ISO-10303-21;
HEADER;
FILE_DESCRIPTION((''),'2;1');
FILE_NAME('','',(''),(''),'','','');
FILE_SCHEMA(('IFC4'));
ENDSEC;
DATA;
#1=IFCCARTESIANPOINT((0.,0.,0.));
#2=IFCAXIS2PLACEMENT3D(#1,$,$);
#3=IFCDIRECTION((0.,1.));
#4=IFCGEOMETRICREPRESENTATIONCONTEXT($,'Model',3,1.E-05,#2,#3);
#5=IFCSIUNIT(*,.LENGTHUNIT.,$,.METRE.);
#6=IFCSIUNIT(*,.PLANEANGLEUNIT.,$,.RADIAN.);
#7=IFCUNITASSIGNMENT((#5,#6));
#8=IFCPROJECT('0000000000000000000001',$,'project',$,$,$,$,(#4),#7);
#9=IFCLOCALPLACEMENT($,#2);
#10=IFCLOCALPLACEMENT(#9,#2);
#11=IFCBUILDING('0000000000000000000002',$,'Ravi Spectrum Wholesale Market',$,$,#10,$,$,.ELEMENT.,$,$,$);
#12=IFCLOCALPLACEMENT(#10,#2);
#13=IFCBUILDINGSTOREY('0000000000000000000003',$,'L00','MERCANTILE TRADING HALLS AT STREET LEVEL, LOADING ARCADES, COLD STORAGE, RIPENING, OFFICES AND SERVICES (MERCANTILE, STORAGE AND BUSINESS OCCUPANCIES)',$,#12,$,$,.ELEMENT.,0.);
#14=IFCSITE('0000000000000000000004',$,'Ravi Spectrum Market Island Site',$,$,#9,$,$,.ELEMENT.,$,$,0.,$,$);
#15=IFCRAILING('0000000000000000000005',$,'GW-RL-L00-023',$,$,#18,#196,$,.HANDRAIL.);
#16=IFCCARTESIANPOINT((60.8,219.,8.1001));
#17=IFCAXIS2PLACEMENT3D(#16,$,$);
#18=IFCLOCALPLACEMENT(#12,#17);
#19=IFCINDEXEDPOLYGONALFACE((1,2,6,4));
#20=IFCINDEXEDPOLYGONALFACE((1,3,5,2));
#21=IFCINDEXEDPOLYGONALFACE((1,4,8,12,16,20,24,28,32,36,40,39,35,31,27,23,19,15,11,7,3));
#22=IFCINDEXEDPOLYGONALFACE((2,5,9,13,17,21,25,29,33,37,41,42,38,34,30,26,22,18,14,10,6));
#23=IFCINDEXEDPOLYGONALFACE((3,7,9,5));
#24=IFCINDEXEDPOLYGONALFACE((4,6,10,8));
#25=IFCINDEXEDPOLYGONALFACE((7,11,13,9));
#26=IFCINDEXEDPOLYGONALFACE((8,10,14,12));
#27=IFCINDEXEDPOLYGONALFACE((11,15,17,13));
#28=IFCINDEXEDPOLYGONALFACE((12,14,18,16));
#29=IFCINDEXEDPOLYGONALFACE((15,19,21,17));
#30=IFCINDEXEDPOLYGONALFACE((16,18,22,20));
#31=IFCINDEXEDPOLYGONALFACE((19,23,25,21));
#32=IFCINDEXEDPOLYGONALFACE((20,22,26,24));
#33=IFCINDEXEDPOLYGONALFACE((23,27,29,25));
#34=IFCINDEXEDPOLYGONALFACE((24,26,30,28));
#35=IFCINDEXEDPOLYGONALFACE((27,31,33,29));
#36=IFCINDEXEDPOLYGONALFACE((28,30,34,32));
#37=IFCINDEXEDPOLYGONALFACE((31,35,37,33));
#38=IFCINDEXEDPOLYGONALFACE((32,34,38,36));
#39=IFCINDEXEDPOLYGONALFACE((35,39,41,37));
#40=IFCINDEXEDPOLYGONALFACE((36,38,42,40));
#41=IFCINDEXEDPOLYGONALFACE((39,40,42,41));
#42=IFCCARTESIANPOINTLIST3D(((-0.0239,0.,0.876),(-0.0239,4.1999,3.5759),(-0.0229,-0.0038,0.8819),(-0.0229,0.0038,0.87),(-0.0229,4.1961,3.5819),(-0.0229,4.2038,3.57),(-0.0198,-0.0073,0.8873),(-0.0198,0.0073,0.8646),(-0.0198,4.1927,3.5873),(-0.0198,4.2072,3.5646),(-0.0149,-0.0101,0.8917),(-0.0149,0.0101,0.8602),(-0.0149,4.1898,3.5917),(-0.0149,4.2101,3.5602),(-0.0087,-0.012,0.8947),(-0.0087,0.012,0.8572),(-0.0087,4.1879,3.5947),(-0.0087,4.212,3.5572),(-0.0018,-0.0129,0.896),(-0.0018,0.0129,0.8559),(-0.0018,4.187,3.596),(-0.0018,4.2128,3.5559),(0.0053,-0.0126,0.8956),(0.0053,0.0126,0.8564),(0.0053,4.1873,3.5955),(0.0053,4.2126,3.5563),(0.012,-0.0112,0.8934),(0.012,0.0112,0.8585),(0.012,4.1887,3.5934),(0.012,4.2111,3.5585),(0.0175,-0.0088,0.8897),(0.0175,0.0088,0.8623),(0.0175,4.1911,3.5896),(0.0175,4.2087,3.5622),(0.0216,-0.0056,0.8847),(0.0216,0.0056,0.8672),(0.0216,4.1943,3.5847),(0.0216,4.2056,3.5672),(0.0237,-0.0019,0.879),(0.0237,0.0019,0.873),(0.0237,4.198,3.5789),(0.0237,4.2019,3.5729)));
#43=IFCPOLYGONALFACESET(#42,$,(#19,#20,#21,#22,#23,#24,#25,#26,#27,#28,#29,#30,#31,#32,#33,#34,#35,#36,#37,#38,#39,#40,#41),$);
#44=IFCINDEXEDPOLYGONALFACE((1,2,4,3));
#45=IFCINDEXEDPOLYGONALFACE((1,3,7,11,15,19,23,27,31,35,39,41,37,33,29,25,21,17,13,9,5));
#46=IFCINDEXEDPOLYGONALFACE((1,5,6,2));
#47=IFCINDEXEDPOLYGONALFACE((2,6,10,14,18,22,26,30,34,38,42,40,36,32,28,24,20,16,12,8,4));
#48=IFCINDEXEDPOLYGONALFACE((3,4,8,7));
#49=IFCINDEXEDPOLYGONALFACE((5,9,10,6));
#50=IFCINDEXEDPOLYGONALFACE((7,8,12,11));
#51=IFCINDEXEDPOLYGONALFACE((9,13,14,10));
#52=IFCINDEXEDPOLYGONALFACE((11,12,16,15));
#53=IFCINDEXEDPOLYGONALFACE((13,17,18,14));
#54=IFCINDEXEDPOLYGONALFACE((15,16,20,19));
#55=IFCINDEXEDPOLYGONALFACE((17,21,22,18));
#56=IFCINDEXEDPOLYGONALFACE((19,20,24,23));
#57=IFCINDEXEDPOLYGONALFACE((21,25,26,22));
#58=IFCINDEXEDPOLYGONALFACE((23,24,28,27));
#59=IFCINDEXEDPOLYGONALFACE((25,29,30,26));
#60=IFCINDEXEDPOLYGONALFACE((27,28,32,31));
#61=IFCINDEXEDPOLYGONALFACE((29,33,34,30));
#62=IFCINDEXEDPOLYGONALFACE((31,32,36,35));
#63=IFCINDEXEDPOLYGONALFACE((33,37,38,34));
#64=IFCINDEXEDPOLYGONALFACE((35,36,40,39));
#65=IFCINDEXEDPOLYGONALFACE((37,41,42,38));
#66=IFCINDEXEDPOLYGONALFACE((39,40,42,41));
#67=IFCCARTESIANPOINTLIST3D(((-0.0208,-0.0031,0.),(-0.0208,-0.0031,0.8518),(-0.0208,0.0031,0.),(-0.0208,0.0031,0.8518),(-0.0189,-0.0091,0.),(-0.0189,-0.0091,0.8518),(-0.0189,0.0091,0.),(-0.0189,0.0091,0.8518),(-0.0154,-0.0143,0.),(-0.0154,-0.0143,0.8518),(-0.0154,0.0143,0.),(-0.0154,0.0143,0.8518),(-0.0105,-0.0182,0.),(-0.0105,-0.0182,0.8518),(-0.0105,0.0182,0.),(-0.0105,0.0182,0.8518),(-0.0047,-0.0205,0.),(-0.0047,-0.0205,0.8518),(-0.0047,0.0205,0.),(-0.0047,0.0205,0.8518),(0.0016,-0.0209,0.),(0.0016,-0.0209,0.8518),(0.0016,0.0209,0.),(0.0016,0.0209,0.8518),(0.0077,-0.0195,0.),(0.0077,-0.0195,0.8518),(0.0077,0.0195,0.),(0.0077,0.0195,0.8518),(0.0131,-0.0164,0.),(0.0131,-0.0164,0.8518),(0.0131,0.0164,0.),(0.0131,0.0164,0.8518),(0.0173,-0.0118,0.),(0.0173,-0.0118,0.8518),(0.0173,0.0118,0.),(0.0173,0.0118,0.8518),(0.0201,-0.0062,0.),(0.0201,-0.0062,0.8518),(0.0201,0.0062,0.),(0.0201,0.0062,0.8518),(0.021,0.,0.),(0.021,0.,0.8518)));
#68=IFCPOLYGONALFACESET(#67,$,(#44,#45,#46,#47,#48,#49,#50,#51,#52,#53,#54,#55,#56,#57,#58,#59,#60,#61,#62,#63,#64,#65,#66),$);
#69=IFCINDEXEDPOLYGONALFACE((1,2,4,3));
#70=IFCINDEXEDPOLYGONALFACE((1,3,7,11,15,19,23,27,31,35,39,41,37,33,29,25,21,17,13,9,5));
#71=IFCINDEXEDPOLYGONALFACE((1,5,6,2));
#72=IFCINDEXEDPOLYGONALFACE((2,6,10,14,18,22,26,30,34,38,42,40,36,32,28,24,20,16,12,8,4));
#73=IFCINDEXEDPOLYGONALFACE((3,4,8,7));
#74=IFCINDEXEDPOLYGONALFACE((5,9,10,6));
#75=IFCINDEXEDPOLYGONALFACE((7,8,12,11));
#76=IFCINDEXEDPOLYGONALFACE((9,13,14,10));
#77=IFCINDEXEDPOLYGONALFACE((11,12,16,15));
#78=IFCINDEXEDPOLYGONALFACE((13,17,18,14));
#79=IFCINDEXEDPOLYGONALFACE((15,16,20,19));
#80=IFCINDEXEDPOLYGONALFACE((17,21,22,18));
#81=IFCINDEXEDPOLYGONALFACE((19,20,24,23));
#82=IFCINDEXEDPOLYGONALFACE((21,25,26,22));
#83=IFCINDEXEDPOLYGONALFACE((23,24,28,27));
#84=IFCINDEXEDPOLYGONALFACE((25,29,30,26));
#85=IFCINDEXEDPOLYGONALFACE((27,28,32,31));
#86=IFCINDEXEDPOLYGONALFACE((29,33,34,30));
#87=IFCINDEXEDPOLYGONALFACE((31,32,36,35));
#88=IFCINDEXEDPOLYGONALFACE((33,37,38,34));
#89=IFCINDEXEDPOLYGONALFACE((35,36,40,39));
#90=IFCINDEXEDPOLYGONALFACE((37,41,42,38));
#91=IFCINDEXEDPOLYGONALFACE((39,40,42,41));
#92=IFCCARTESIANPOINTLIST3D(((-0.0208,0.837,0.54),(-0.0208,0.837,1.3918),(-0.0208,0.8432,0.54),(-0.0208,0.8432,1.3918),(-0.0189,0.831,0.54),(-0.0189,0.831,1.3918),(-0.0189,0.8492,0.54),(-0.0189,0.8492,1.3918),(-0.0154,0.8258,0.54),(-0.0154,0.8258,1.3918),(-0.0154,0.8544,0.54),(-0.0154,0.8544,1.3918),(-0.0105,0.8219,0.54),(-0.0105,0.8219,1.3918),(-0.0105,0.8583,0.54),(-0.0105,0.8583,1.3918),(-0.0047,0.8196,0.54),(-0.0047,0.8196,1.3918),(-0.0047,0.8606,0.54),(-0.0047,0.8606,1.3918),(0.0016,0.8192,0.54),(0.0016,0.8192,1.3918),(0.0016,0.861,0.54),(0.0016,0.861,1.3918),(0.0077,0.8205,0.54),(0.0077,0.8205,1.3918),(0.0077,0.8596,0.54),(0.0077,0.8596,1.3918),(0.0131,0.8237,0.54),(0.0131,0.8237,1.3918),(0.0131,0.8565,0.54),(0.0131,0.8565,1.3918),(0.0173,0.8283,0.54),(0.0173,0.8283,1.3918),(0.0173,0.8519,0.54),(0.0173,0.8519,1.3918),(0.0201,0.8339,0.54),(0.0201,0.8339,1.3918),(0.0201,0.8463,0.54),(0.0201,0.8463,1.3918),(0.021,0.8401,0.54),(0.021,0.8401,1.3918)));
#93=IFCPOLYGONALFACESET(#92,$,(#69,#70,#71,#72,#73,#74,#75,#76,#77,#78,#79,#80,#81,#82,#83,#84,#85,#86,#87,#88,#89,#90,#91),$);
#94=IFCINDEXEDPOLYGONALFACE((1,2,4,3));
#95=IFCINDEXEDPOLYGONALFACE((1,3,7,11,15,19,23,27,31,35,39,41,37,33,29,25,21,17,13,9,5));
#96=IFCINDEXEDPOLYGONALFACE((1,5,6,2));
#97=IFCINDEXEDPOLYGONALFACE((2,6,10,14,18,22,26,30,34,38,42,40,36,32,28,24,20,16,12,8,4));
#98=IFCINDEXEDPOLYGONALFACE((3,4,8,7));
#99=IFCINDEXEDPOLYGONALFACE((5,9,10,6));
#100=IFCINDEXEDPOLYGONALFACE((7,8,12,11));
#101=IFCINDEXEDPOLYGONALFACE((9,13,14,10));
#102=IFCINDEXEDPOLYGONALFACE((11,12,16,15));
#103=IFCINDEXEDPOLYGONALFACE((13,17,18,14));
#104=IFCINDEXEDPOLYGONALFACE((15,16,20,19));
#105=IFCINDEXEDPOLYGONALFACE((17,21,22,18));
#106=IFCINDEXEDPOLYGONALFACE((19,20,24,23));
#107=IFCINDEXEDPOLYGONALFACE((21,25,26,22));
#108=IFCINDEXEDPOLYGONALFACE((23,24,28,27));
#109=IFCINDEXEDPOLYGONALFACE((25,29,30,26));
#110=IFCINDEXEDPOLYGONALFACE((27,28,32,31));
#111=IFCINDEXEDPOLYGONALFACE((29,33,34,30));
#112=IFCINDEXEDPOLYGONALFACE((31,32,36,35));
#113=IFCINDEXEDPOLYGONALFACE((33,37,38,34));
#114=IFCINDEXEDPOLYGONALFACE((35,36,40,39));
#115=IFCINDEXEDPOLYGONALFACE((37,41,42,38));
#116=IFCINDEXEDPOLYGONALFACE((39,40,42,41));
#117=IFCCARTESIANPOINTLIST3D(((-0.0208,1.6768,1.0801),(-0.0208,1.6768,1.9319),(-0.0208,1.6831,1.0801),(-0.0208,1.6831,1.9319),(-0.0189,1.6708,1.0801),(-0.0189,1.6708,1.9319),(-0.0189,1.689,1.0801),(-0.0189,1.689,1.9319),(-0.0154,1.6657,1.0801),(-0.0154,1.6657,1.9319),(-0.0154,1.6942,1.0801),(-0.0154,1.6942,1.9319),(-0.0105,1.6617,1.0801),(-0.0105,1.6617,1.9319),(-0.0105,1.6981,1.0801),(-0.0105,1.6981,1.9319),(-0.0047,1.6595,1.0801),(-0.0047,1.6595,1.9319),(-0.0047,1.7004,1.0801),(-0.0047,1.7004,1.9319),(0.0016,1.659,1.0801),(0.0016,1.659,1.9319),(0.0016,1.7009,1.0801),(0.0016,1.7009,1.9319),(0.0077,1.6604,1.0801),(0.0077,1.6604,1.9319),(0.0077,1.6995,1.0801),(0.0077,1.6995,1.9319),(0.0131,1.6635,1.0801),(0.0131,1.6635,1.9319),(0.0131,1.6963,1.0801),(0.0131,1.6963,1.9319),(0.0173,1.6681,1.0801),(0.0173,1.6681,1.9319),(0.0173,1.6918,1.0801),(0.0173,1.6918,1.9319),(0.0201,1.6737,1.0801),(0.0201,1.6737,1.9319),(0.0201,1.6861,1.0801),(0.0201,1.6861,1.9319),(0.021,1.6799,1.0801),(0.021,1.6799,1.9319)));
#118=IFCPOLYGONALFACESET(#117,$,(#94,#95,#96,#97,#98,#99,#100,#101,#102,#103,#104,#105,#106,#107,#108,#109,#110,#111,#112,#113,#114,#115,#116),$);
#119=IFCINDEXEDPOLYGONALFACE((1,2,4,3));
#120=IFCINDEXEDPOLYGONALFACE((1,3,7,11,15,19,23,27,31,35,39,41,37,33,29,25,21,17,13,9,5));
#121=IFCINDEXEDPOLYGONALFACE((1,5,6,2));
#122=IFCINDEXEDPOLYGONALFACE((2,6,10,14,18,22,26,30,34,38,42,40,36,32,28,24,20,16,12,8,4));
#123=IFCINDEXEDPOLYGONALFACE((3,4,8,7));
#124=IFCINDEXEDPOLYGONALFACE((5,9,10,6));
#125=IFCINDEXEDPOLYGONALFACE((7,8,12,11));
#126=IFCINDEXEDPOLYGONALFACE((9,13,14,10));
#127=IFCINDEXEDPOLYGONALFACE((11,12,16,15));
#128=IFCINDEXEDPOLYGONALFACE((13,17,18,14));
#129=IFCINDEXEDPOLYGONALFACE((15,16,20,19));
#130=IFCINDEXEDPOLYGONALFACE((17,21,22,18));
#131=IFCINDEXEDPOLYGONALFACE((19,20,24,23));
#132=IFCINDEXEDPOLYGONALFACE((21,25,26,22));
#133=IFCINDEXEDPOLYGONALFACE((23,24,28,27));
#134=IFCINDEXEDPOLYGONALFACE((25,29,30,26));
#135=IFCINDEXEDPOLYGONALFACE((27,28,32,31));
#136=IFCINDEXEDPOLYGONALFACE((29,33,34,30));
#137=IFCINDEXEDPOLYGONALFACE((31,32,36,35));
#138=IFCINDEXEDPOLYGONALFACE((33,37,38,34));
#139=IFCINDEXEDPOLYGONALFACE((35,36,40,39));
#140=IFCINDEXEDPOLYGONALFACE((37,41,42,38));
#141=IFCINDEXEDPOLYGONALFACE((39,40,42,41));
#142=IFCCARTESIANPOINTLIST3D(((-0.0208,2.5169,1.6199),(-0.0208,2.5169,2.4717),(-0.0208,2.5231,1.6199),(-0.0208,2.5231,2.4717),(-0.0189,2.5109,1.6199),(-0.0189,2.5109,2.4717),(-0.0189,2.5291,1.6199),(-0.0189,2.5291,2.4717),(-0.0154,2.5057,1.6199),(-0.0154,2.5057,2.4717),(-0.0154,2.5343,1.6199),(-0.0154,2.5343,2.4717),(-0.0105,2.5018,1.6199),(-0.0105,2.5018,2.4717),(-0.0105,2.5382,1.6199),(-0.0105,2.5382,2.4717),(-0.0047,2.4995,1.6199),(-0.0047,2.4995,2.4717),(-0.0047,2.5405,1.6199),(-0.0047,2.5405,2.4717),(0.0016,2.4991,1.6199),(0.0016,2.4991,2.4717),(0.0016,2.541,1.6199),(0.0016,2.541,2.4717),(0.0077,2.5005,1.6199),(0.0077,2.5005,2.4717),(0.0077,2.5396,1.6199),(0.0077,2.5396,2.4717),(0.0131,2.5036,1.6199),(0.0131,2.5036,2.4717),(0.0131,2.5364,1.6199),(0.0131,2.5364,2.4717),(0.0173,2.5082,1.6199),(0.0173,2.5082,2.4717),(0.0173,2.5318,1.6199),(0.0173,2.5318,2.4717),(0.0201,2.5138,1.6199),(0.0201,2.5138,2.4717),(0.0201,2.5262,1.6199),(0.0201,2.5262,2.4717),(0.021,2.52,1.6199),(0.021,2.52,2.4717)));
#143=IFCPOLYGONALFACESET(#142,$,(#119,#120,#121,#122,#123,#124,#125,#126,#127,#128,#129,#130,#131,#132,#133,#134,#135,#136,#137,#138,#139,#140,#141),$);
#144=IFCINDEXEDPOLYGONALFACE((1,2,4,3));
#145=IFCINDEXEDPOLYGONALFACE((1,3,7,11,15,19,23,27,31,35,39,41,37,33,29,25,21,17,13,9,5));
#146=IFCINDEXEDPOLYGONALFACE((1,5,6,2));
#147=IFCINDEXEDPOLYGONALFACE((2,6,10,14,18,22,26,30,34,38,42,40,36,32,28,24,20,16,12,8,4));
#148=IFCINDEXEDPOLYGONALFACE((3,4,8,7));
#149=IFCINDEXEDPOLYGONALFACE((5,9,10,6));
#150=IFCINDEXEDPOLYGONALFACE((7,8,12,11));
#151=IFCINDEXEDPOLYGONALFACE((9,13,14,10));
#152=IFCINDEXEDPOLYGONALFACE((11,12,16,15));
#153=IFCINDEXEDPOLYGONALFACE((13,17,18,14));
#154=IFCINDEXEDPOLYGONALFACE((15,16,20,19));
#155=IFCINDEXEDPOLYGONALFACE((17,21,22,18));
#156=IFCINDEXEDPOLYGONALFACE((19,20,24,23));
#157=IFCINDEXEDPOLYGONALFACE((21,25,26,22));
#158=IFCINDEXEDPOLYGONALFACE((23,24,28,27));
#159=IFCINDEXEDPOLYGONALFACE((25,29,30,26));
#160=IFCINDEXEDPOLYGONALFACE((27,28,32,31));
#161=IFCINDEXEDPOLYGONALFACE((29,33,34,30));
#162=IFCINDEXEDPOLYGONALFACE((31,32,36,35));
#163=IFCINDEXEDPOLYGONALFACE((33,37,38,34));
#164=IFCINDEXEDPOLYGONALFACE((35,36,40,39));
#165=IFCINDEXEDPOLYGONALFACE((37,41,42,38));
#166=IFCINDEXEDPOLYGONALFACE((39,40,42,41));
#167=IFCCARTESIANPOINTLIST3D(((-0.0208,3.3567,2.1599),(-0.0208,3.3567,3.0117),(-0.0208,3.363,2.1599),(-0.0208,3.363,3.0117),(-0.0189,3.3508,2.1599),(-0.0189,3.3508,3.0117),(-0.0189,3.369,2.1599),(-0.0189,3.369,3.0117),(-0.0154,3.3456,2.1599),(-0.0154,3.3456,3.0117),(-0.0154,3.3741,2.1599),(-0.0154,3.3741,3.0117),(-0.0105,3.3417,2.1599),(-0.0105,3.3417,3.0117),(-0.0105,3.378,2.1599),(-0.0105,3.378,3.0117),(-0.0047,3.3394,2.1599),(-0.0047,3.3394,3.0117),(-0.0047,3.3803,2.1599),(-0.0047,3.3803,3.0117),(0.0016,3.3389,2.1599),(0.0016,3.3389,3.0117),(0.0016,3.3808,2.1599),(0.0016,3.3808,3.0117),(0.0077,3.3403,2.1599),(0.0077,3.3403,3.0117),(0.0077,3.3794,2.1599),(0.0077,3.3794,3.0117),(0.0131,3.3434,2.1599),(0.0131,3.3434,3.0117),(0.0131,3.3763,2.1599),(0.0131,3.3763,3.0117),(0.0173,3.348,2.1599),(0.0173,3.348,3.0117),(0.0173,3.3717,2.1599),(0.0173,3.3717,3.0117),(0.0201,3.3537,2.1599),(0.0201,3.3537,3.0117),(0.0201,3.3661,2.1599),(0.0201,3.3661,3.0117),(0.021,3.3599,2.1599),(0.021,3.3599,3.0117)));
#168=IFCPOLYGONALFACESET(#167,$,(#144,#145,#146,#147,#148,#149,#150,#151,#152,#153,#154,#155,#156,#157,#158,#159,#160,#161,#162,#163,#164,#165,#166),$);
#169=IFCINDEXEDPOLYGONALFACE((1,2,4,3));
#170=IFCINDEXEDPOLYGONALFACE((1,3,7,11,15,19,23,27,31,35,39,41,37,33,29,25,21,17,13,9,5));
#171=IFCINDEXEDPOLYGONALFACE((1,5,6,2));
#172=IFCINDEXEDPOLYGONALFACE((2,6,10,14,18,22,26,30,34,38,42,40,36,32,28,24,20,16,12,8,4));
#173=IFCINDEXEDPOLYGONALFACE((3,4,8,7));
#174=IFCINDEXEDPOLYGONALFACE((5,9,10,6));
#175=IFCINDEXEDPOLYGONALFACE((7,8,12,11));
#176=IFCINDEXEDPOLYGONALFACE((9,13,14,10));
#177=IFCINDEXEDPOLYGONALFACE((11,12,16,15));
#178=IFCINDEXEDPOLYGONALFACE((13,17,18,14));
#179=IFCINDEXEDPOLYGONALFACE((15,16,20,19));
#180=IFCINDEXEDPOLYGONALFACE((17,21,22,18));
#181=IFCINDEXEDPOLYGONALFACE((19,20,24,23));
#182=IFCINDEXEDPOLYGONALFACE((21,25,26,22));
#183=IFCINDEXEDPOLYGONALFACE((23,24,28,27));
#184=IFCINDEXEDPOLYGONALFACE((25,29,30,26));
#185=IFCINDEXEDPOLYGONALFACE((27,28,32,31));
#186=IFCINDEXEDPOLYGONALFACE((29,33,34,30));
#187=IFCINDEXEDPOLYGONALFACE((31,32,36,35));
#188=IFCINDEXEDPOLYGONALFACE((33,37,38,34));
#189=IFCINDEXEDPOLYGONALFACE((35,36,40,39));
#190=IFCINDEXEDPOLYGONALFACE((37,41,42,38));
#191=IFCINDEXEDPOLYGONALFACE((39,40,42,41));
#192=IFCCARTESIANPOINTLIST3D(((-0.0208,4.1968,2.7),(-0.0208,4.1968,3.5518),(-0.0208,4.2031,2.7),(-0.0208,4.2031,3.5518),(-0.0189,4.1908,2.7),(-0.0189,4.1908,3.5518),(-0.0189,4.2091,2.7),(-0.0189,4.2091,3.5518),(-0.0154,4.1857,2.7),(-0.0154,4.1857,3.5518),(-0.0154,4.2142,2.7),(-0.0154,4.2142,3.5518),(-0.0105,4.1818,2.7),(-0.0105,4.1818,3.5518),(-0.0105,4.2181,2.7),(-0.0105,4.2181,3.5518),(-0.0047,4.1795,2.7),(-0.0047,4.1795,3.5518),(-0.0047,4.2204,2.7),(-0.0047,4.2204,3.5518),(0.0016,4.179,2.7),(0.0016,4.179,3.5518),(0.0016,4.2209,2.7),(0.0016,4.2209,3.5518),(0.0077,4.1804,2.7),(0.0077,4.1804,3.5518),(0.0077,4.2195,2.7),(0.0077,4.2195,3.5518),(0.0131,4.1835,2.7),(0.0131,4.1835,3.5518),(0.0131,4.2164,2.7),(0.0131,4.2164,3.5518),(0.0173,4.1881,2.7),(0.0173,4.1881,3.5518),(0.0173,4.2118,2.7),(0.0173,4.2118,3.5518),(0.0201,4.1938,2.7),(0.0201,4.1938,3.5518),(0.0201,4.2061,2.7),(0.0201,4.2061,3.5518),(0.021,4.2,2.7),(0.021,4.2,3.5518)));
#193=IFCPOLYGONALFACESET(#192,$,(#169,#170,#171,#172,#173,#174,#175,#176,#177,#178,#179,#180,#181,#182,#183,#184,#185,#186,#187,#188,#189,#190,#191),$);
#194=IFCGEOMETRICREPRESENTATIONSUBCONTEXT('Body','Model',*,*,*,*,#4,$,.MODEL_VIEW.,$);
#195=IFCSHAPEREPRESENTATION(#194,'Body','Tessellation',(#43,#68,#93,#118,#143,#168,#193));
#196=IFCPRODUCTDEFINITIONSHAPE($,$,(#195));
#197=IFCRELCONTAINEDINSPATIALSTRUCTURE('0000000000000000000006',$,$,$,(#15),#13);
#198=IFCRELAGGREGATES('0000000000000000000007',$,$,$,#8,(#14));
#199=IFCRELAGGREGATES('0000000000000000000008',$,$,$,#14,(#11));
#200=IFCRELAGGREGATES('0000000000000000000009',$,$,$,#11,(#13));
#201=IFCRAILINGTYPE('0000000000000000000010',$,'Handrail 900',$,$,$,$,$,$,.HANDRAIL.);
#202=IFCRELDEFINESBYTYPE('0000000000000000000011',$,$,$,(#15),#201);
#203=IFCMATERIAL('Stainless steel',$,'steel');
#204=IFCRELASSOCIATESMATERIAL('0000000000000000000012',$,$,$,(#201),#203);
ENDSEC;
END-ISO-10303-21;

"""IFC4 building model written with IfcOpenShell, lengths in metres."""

from ifc_helpers import new_model, si_unit, direction, frame, origin, origin_2d, place, context, subcontext, project, spatial, circle, extrude, material, type_object, element, save


model = new_model("IFC4")

# Units and contexts
model_context = context("Model", 3, precision=1e-05, world=origin(), true_north=direction((0.0, 1.0)))
body_context = subcontext(model_context, "Body", "Model", "MODEL_VIEW")
ifc_project = project(units=[si_unit("LENGTHUNIT", "METRE"), si_unit("PLANEANGLEUNIT", "RADIAN")], contexts=[model_context])

# Site, building, storey
site_placement = place(None, origin())
site = spatial("IfcSite", under=ifc_project, at=site_placement, Name="Ravi Spectrum Market Island Site", CompositionType="ELEMENT", RefElevation=0.0)
building_placement = place(site_placement, origin())
building = spatial("IfcBuilding", under=site, at=building_placement, Name="Ravi Spectrum Wholesale Market", CompositionType="ELEMENT")
storey_placement = place(building_placement, origin())
storey = spatial("IfcBuildingStorey", under=building, at=storey_placement, Name="L00", Description="MERCANTILE TRADING HALLS AT STREET LEVEL, LOADING ARCADES, COLD STORAGE, RIPENING, OFFICES AND SERVICES (MERCANTILE, STORAGE AND BUSINESS OCCUPANCIES)", CompositionType="ELEMENT", Elevation=0.0)

# Railing
ifc_material_1 = material(Name="Stainless steel", Category="steel")
railing_type_1 = type_object("IfcRailingType", Name="Handrail 900", PredefinedType="HANDRAIL", material=ifc_material_1)
for number, where, name in (
    (1, (60.8, 219.0, 8.1001), "GW-RL-L00-023"),
):
    element("IfcRailing", number, at=place(storey_placement, frame(where)), inside=storey, type_object=railing_type_1, Name=name, PredefinedType="HANDRAIL", context=body_context, shape_type="SweptSolid", body=[
        extrude(circle(Radius=0.0239, at=origin_2d()), frame((0.0, 0.0, 0.876), z_axis=(0.0, 0.84118, 0.540755), x_axis=(-1.0, 0.0, 0.0)), (0.0, 0.0, 1.0), 4.9929),
        extrude(circle(Radius=0.021, at=origin_2d()), origin(), (0.0, 0.0, 1.0), 0.8518),
        extrude(circle(Radius=0.021, at=origin_2d()), frame((0.0, 0.8401, 0.54)), (0.0, 0.0, 1.0), 0.8518),
        extrude(circle(Radius=0.021, at=origin_2d()), frame((0.0, 1.6799, 1.0801)), (0.0, 0.0, 1.0), 0.8518),
        extrude(circle(Radius=0.021, at=origin_2d()), frame((0.0, 2.52, 1.6199)), (0.0, 0.0, 1.0), 0.8518),
        extrude(circle(Radius=0.021, at=origin_2d()), frame((0.0, 3.3599, 2.1599)), (0.0, 0.0, 1.0), 0.8518),
        extrude(circle(Radius=0.021, at=origin_2d()), frame((0.0, 4.2, 2.7)), (0.0, 0.0, 1.0), 0.8518),
    ])

save(model, "model.ifc")
